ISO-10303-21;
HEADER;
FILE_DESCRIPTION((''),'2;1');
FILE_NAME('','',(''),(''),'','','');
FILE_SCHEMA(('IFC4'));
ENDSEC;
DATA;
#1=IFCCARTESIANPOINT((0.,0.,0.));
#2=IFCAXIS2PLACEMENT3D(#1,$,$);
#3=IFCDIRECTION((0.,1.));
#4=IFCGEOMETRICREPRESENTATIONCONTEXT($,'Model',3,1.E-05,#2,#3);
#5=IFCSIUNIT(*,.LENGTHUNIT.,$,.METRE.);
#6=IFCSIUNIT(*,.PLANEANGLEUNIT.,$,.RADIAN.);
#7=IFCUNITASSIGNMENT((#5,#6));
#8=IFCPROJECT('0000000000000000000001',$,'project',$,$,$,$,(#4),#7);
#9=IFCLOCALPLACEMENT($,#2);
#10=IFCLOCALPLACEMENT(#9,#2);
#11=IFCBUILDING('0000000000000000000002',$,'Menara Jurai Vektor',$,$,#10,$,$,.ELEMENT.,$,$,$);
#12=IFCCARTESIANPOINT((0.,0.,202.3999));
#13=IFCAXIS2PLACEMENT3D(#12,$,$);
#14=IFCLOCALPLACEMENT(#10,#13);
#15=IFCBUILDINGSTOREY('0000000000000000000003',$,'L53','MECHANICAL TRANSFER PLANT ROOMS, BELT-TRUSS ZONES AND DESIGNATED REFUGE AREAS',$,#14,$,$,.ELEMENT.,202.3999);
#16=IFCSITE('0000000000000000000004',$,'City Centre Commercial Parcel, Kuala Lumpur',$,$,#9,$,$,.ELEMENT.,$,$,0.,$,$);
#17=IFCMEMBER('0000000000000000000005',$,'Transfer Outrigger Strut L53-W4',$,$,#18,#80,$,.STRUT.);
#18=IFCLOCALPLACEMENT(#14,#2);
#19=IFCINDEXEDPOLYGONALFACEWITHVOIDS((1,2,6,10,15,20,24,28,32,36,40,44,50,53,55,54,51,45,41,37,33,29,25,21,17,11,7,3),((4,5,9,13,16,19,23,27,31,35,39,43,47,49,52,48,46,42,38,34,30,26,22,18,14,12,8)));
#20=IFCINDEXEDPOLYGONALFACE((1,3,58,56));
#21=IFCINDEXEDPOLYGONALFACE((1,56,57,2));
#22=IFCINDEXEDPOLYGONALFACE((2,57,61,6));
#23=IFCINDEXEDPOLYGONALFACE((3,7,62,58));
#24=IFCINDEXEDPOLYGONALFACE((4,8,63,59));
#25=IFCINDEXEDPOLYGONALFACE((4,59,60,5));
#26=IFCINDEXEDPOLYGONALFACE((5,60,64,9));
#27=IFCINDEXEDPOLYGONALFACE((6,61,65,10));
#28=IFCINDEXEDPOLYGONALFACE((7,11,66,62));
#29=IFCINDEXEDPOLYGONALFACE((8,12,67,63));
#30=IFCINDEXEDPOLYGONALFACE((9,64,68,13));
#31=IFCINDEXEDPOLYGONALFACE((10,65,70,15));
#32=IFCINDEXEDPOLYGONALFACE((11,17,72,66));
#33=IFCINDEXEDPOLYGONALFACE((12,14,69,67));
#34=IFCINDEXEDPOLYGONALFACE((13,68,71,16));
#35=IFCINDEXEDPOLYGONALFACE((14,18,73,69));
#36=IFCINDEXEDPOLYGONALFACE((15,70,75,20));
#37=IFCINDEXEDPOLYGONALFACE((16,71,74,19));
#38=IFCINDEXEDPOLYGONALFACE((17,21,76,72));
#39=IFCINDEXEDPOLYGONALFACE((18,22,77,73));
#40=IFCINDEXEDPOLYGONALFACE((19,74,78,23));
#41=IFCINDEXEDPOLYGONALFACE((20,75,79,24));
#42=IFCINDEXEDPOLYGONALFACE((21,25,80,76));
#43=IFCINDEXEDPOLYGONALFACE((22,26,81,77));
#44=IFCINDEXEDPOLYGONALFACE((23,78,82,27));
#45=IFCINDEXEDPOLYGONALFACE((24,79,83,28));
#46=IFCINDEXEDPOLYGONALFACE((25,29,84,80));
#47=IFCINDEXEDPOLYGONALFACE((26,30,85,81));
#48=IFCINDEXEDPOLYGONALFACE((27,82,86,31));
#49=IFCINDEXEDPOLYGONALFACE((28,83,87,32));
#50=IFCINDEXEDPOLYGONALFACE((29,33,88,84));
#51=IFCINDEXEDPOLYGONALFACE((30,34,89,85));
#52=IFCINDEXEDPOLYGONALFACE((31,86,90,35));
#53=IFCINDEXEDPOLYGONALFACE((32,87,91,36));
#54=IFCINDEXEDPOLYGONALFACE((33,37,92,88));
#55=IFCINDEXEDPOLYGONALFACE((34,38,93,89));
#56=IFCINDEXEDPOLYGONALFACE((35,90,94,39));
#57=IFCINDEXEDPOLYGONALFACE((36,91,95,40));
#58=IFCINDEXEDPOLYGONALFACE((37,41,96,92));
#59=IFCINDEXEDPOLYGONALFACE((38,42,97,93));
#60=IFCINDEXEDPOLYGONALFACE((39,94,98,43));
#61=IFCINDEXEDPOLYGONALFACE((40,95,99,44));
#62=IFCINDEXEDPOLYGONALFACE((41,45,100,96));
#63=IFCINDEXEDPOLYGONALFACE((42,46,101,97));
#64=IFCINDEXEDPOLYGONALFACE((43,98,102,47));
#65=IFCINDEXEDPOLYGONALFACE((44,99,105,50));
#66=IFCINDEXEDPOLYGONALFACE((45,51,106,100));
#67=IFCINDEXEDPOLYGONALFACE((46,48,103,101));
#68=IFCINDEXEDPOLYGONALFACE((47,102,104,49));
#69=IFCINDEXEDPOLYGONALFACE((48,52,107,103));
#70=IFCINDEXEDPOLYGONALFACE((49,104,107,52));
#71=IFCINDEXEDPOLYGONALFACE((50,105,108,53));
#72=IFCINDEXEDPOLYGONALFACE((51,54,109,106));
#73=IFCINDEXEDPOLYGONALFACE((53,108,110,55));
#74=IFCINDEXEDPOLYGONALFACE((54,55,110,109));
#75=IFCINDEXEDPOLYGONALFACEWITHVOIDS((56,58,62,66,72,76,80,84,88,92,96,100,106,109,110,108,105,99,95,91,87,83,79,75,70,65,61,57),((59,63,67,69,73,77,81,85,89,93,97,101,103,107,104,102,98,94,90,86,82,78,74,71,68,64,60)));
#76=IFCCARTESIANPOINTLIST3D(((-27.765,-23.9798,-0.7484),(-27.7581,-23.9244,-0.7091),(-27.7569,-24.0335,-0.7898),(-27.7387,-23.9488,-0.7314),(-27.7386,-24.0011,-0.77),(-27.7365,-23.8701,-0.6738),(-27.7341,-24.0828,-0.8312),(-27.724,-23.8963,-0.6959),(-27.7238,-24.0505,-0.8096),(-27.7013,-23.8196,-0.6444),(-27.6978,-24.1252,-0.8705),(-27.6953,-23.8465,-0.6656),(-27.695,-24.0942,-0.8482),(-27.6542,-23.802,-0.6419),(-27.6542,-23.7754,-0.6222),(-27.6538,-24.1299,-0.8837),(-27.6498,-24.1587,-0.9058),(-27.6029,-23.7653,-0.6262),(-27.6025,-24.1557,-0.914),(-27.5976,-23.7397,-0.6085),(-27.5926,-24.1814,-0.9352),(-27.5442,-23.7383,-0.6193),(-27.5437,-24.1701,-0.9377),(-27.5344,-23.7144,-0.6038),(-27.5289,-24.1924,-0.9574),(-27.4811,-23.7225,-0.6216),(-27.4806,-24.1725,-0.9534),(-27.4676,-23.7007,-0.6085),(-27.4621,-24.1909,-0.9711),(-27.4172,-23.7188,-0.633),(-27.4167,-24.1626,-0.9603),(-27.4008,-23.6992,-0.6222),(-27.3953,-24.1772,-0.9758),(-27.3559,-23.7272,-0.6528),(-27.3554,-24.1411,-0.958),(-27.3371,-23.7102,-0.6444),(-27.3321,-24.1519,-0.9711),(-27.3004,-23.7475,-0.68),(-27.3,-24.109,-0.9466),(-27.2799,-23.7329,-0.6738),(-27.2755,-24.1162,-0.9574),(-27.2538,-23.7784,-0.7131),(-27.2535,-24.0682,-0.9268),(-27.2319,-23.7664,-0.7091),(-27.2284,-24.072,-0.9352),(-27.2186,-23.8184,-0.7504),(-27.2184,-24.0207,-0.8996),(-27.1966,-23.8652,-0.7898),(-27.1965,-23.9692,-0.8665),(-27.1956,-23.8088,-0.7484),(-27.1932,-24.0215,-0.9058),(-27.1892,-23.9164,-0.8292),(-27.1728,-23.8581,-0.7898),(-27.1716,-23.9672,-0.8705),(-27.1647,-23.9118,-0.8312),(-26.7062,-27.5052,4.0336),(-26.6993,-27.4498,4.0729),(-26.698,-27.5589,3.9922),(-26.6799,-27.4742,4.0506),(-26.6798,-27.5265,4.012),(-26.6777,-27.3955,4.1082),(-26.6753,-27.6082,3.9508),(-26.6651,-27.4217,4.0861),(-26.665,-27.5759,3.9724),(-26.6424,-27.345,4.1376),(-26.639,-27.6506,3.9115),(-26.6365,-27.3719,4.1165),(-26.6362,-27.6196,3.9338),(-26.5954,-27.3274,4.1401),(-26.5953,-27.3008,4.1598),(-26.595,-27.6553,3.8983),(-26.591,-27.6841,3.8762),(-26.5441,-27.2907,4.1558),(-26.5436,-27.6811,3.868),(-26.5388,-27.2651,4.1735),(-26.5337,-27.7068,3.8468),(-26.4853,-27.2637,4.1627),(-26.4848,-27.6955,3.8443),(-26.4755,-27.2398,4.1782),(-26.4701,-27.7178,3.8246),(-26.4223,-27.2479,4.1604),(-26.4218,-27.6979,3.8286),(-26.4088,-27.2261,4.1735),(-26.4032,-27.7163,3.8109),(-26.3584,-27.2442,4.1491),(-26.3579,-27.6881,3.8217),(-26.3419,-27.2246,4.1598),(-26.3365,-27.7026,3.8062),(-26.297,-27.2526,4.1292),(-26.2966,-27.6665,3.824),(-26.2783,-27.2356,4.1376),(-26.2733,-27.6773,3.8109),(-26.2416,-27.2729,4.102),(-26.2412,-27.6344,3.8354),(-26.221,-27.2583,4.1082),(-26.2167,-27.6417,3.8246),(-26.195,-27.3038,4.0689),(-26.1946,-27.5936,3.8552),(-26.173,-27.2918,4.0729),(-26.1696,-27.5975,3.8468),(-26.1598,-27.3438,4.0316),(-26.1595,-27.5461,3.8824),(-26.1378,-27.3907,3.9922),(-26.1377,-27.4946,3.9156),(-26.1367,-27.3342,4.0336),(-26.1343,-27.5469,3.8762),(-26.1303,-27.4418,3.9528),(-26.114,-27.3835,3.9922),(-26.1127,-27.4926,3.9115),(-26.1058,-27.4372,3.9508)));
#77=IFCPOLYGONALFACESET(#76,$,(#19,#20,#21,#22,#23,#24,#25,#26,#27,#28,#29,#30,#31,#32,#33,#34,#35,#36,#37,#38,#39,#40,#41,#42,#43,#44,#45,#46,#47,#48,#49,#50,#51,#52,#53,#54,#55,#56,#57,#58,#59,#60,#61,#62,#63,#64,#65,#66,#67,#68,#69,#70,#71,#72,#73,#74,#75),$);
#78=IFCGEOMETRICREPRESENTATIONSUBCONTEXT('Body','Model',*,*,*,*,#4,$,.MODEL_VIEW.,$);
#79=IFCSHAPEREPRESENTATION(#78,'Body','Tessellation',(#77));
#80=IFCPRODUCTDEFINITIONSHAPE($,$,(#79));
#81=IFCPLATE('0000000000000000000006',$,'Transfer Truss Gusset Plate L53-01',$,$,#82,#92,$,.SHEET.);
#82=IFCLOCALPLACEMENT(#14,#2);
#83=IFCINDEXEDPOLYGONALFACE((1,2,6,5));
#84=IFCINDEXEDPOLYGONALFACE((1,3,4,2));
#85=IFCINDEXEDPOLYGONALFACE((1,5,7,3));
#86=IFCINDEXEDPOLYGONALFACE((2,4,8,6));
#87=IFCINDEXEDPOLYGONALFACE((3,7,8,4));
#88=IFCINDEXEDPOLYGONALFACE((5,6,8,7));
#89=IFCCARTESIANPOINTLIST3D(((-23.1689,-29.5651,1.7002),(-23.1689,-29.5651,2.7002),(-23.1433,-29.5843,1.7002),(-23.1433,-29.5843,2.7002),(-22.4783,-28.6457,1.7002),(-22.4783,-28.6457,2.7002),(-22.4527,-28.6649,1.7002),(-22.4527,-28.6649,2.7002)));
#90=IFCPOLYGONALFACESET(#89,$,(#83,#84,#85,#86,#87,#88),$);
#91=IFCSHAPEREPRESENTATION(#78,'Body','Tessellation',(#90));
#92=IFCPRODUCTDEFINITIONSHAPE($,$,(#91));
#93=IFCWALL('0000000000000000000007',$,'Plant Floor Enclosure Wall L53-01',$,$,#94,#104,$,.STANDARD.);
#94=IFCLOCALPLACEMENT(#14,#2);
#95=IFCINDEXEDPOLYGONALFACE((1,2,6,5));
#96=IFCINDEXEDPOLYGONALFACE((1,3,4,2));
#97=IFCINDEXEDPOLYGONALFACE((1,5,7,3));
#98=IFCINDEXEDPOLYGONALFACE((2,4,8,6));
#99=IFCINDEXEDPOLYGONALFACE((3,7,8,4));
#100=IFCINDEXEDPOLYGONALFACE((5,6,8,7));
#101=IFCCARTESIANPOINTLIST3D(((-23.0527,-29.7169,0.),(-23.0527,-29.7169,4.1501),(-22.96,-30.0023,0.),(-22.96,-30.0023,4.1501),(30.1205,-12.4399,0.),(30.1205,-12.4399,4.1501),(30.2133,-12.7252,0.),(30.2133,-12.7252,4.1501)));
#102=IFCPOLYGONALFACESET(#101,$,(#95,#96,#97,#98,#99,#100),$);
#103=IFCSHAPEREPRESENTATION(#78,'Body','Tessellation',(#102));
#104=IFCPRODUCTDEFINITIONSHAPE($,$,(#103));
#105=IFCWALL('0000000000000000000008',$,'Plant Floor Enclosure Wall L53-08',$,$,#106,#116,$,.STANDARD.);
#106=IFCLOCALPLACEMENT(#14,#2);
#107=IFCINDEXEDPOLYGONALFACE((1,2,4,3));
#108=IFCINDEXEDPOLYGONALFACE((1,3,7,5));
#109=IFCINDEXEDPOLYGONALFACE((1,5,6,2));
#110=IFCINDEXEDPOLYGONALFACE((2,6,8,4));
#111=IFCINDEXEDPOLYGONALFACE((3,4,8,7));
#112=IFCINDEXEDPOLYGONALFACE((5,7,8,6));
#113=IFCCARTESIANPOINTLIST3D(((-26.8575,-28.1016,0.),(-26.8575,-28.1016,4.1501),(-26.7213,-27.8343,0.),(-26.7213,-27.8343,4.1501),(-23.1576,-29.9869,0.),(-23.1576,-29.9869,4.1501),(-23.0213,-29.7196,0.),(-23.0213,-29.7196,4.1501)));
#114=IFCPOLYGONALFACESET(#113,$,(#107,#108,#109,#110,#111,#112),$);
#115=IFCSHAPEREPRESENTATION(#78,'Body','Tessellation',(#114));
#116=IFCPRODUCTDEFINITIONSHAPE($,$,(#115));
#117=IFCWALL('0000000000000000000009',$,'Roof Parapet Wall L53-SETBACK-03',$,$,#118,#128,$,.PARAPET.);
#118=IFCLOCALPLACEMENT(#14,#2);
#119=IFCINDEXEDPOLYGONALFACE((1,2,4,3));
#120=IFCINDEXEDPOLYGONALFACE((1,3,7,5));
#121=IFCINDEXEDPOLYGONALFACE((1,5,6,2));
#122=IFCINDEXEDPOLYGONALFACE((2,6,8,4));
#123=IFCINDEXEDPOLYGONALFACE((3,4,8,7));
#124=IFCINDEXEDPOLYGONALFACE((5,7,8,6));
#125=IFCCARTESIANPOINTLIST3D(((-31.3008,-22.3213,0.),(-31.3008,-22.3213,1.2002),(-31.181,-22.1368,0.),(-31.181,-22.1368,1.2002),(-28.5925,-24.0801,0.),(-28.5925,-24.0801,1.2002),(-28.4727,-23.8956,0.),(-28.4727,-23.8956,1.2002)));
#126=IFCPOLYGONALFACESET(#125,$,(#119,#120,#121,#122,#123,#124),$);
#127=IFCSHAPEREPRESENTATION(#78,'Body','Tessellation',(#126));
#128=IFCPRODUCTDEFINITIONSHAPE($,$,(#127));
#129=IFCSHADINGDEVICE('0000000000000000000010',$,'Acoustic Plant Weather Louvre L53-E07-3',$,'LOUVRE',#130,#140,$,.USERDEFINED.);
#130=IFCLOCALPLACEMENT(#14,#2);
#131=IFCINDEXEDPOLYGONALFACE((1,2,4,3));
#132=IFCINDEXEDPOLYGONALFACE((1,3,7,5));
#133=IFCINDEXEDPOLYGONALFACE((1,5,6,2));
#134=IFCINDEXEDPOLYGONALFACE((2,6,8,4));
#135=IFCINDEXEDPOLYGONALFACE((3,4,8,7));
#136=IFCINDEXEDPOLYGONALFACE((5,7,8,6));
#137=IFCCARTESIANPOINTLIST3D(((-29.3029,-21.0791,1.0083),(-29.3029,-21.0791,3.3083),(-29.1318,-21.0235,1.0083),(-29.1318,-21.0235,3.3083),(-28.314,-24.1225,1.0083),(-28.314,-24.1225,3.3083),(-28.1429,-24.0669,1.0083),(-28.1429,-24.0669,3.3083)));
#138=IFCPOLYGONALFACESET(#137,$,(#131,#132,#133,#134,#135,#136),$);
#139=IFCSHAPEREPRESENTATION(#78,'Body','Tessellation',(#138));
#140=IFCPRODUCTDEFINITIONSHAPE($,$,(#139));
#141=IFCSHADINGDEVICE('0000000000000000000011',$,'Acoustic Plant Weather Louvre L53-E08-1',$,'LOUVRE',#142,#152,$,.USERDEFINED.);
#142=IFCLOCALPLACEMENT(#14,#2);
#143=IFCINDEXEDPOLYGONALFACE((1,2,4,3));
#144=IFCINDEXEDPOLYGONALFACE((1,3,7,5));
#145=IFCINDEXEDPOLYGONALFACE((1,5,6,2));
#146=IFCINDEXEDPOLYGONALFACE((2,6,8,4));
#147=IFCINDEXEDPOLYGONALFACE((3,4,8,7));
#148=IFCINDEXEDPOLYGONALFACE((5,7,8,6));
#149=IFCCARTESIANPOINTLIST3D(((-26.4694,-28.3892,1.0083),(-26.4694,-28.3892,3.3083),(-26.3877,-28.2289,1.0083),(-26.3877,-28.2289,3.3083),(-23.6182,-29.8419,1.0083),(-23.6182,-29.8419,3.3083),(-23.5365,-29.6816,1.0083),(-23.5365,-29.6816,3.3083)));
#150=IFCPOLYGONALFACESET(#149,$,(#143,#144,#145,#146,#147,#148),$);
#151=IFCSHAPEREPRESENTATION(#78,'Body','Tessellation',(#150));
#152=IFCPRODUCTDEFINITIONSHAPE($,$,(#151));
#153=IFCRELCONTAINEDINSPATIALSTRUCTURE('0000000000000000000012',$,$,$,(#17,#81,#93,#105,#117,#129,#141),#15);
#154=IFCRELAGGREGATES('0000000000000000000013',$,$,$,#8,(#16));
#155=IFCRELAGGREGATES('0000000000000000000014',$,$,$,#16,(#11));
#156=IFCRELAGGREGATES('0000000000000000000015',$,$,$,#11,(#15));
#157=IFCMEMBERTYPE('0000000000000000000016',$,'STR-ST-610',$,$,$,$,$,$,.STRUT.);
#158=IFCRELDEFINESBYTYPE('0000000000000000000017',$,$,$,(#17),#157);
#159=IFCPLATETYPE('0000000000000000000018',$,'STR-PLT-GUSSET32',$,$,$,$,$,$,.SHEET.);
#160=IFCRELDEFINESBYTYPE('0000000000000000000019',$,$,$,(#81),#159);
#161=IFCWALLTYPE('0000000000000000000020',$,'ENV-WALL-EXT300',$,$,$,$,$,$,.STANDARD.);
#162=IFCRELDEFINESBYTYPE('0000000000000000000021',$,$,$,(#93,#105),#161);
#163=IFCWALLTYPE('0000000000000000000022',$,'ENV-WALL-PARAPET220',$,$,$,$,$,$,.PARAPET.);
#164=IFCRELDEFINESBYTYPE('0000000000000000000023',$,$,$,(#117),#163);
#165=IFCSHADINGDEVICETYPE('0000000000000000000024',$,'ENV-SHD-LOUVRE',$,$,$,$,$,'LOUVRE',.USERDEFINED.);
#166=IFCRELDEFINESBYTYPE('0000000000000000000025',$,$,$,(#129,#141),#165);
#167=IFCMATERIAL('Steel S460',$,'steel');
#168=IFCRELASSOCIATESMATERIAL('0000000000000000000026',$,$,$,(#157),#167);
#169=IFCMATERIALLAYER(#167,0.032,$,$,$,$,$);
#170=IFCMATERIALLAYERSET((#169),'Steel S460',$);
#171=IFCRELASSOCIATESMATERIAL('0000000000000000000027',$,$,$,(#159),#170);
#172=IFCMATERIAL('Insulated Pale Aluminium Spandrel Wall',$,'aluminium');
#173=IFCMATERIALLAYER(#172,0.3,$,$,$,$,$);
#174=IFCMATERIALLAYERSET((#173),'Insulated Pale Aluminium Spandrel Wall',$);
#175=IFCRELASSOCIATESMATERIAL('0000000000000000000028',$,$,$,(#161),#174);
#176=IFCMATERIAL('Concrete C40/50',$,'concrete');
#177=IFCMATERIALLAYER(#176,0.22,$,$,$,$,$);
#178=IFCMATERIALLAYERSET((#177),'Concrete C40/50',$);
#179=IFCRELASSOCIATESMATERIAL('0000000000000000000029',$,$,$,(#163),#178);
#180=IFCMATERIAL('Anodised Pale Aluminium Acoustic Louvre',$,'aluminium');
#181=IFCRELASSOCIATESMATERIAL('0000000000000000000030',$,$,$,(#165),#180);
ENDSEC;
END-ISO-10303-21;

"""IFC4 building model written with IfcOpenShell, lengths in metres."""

from ifc_helpers import new_model, si_unit, direction, frame, frame_2d, origin, origin_2d, place, context, subcontext, project, spatial, rectangle, hollow_circle, extrude, material, layer, layer_set, material_profile, profile_set, type_object, element, save


model = new_model("IFC4")

# Units and contexts
model_context = context("Model", 3, precision=1e-05, world=origin(), true_north=direction((0.0, 1.0)))
body_context = subcontext(model_context, "Body", "Model", "MODEL_VIEW")
ifc_project = project(units=[si_unit("LENGTHUNIT", "METRE"), si_unit("PLANEANGLEUNIT", "RADIAN")], contexts=[model_context])

# Site, building, storey
site_placement = place(None, origin())
site = spatial("IfcSite", under=ifc_project, at=site_placement, Name="City Centre Commercial Parcel, Kuala Lumpur", CompositionType="ELEMENT", RefElevation=0.0)
building_placement = place(site_placement, origin())
building = spatial("IfcBuilding", under=site, at=building_placement, Name="Menara Jurai Vektor", CompositionType="ELEMENT")
storey_placement = place(building_placement, frame((0.0, 0.0, 202.3999)))
storey = spatial("IfcBuildingStorey", under=building, at=storey_placement, Name="L53", Description="MECHANICAL TRANSFER PLANT ROOMS, BELT-TRUSS ZONES AND DESIGNATED REFUGE AREAS", CompositionType="ELEMENT", Elevation=202.3999)

# Shared definitions
ifc_material_1 = material(Name="Steel S460", Category="steel")

# Member
ifc_material_profile_1 = material_profile(ifc_material_1, hollow_circle(Radius=0.3049, WallThickness=0.0249, at=origin_2d()), Name="CHS 610x25")
ifc_profile_set_1 = profile_set([ifc_material_profile_1], Name="Steel S460")
member_type_1 = type_object("IfcMemberType", Name="STR-ST-610", PredefinedType="STRUT", material=ifc_profile_set_1)
member_1_placement = place(storey_placement, frame((-27.4648, -23.9458, -0.7898), z_axis=(0.17546, -0.584192, 0.792422), x_axis=(0.957735, 0.287652, 0.0)))
element("IfcMember", 1, at=member_1_placement, inside=storey, type_object=member_type_1, Name="Transfer Outrigger Strut L53-W4", PredefinedType="STRUT", context=body_context, shape_type="SweptSolid", body=[
    extrude(hollow_circle(Radius=0.3049, WallThickness=0.0249, at=origin_2d()), origin(), (0.0, 0.0, 1.0), 6.0347),
])

# Plate
ifc_layer_1 = layer(ifc_material_1, 0.032)
ifc_layer_set_1 = layer_set([ifc_layer_1], Name="Steel S460")
plate_type = type_object("IfcPlateType", Name="STR-PLT-GUSSET32", PredefinedType="SHEET", material=ifc_layer_set_1)
plate_placement = place(storey_placement, frame((-22.8108, -29.115, 1.7002), z_axis=(0.0, 0.0, 1.0), x_axis=(0.60056, 0.79958, 0.0)))
element("IfcPlate", 2, at=plate_placement, inside=storey, type_object=plate_type, Name="Transfer Truss Gusset Plate L53-01", PredefinedType="SHEET", context=body_context, shape_type="SweptSolid", body=[
    extrude(rectangle(XDim=1.1499, YDim=0.032, at=origin_2d()), origin(), (0.0, 0.0, 1.0), 1.0),
])

# Walls
ifc_material_2 = material(Name="Insulated Pale Aluminium Spandrel Wall", Category="aluminium")
ifc_layer_2 = layer(ifc_material_2, 0.3)
ifc_layer_set_2 = layer_set([ifc_layer_2], Name="Insulated Pale Aluminium Spandrel Wall")
wall_type_1 = type_object("IfcWallType", Name="ENV-WALL-EXT300", PredefinedType="STANDARD", material=ifc_layer_set_2)
wall_1_placement = place(storey_placement, frame((-23.0063, -29.8596, 0.0), z_axis=(0.0, 0.0, 1.0), x_axis=(0.951056, 0.309018, 0.0)))
element("IfcWall", 3, at=wall_1_placement, inside=storey, type_object=wall_type_1, Name="Plant Floor Enclosure Wall L53-01", PredefinedType="STANDARD", context=body_context, shape_type="SweptSolid", body=[
    extrude(rectangle(XDim=55.9097, YDim=0.3, at=frame_2d((27.9548, 0.0))), origin(), (0.0, 0.0, 1.0), 4.1501),
])
wall_2_placement = place(storey_placement, frame((-26.7893, -27.968, 0.0), z_axis=(0.0, 0.0, 1.0), x_axis=(0.891003, -0.453997, 0.0)))
element("IfcWall", 4, at=wall_2_placement, inside=storey, type_object=wall_type_1, Name="Plant Floor Enclosure Wall L53-08", PredefinedType="STANDARD", context=body_context, shape_type="SweptSolid", body=[
    extrude(rectangle(XDim=4.1526, YDim=0.3, at=frame_2d((2.0762, 0.0))), origin(), (0.0, 0.0, 1.0), 4.1501),
])
ifc_material_3 = material(Name="Concrete C40/50", Category="concrete")
ifc_layer_3 = layer(ifc_material_3, 0.22)
ifc_layer_set_3 = layer_set([ifc_layer_3], Name="Concrete C40/50")
wall_type_2 = type_object("IfcWallType", Name="ENV-WALL-PARAPET220", PredefinedType="PARAPET", material=ifc_layer_set_3)
wall_3_placement = place(storey_placement, frame((-31.241, -22.229, 0.0), z_axis=(0.0, 0.0, 1.0), x_axis=(0.838666, -0.544645, 0.0)))
element("IfcWall", 5, at=wall_3_placement, inside=storey, type_object=wall_type_2, Name="Roof Parapet Wall L53-SETBACK-03", PredefinedType="PARAPET", context=body_context, shape_type="SweptSolid", body=[
    extrude(rectangle(XDim=3.2292, YDim=0.22, at=frame_2d((1.6147, 0.0))), origin(), (0.0, 0.0, 1.0), 1.2002),
])

# Shading devices
ifc_material_4 = material(Name="Anodised Pale Aluminium Acoustic Louvre", Category="aluminium")
shading_device_type = type_object("IfcShadingDeviceType", Name="ENV-SHD-LOUVRE", ElementType="LOUVRE", PredefinedType="USERDEFINED", material=ifc_material_4)
for number, where, z_axis, x_axis, name in (
    (6, (-28.7229, -22.573, 1.0083), (0.0, 0.0, 1.0), (0.309017, -0.951057, 0.0), "Acoustic Plant Weather Louvre L53-E07-3"),
    (7, (-25.0029, -29.0354, 1.0083), (0.0, 0.0, 1.0), (0.891007, -0.45399, 0.0), "Acoustic Plant Weather Louvre L53-E08-1"),
):
    element("IfcShadingDevice", number, at=place(storey_placement, frame(where, z_axis=z_axis, x_axis=x_axis)), inside=storey, type_object=shading_device_type, Name=name, ObjectType="LOUVRE", PredefinedType="USERDEFINED", context=body_context, shape_type="SweptSolid", body=[
        extrude(rectangle(XDim=3.2, YDim=0.1799, at=origin_2d()), origin(), (0.0, 0.0, 1.0), 2.3),
    ])

save(model, "model.ifc")
